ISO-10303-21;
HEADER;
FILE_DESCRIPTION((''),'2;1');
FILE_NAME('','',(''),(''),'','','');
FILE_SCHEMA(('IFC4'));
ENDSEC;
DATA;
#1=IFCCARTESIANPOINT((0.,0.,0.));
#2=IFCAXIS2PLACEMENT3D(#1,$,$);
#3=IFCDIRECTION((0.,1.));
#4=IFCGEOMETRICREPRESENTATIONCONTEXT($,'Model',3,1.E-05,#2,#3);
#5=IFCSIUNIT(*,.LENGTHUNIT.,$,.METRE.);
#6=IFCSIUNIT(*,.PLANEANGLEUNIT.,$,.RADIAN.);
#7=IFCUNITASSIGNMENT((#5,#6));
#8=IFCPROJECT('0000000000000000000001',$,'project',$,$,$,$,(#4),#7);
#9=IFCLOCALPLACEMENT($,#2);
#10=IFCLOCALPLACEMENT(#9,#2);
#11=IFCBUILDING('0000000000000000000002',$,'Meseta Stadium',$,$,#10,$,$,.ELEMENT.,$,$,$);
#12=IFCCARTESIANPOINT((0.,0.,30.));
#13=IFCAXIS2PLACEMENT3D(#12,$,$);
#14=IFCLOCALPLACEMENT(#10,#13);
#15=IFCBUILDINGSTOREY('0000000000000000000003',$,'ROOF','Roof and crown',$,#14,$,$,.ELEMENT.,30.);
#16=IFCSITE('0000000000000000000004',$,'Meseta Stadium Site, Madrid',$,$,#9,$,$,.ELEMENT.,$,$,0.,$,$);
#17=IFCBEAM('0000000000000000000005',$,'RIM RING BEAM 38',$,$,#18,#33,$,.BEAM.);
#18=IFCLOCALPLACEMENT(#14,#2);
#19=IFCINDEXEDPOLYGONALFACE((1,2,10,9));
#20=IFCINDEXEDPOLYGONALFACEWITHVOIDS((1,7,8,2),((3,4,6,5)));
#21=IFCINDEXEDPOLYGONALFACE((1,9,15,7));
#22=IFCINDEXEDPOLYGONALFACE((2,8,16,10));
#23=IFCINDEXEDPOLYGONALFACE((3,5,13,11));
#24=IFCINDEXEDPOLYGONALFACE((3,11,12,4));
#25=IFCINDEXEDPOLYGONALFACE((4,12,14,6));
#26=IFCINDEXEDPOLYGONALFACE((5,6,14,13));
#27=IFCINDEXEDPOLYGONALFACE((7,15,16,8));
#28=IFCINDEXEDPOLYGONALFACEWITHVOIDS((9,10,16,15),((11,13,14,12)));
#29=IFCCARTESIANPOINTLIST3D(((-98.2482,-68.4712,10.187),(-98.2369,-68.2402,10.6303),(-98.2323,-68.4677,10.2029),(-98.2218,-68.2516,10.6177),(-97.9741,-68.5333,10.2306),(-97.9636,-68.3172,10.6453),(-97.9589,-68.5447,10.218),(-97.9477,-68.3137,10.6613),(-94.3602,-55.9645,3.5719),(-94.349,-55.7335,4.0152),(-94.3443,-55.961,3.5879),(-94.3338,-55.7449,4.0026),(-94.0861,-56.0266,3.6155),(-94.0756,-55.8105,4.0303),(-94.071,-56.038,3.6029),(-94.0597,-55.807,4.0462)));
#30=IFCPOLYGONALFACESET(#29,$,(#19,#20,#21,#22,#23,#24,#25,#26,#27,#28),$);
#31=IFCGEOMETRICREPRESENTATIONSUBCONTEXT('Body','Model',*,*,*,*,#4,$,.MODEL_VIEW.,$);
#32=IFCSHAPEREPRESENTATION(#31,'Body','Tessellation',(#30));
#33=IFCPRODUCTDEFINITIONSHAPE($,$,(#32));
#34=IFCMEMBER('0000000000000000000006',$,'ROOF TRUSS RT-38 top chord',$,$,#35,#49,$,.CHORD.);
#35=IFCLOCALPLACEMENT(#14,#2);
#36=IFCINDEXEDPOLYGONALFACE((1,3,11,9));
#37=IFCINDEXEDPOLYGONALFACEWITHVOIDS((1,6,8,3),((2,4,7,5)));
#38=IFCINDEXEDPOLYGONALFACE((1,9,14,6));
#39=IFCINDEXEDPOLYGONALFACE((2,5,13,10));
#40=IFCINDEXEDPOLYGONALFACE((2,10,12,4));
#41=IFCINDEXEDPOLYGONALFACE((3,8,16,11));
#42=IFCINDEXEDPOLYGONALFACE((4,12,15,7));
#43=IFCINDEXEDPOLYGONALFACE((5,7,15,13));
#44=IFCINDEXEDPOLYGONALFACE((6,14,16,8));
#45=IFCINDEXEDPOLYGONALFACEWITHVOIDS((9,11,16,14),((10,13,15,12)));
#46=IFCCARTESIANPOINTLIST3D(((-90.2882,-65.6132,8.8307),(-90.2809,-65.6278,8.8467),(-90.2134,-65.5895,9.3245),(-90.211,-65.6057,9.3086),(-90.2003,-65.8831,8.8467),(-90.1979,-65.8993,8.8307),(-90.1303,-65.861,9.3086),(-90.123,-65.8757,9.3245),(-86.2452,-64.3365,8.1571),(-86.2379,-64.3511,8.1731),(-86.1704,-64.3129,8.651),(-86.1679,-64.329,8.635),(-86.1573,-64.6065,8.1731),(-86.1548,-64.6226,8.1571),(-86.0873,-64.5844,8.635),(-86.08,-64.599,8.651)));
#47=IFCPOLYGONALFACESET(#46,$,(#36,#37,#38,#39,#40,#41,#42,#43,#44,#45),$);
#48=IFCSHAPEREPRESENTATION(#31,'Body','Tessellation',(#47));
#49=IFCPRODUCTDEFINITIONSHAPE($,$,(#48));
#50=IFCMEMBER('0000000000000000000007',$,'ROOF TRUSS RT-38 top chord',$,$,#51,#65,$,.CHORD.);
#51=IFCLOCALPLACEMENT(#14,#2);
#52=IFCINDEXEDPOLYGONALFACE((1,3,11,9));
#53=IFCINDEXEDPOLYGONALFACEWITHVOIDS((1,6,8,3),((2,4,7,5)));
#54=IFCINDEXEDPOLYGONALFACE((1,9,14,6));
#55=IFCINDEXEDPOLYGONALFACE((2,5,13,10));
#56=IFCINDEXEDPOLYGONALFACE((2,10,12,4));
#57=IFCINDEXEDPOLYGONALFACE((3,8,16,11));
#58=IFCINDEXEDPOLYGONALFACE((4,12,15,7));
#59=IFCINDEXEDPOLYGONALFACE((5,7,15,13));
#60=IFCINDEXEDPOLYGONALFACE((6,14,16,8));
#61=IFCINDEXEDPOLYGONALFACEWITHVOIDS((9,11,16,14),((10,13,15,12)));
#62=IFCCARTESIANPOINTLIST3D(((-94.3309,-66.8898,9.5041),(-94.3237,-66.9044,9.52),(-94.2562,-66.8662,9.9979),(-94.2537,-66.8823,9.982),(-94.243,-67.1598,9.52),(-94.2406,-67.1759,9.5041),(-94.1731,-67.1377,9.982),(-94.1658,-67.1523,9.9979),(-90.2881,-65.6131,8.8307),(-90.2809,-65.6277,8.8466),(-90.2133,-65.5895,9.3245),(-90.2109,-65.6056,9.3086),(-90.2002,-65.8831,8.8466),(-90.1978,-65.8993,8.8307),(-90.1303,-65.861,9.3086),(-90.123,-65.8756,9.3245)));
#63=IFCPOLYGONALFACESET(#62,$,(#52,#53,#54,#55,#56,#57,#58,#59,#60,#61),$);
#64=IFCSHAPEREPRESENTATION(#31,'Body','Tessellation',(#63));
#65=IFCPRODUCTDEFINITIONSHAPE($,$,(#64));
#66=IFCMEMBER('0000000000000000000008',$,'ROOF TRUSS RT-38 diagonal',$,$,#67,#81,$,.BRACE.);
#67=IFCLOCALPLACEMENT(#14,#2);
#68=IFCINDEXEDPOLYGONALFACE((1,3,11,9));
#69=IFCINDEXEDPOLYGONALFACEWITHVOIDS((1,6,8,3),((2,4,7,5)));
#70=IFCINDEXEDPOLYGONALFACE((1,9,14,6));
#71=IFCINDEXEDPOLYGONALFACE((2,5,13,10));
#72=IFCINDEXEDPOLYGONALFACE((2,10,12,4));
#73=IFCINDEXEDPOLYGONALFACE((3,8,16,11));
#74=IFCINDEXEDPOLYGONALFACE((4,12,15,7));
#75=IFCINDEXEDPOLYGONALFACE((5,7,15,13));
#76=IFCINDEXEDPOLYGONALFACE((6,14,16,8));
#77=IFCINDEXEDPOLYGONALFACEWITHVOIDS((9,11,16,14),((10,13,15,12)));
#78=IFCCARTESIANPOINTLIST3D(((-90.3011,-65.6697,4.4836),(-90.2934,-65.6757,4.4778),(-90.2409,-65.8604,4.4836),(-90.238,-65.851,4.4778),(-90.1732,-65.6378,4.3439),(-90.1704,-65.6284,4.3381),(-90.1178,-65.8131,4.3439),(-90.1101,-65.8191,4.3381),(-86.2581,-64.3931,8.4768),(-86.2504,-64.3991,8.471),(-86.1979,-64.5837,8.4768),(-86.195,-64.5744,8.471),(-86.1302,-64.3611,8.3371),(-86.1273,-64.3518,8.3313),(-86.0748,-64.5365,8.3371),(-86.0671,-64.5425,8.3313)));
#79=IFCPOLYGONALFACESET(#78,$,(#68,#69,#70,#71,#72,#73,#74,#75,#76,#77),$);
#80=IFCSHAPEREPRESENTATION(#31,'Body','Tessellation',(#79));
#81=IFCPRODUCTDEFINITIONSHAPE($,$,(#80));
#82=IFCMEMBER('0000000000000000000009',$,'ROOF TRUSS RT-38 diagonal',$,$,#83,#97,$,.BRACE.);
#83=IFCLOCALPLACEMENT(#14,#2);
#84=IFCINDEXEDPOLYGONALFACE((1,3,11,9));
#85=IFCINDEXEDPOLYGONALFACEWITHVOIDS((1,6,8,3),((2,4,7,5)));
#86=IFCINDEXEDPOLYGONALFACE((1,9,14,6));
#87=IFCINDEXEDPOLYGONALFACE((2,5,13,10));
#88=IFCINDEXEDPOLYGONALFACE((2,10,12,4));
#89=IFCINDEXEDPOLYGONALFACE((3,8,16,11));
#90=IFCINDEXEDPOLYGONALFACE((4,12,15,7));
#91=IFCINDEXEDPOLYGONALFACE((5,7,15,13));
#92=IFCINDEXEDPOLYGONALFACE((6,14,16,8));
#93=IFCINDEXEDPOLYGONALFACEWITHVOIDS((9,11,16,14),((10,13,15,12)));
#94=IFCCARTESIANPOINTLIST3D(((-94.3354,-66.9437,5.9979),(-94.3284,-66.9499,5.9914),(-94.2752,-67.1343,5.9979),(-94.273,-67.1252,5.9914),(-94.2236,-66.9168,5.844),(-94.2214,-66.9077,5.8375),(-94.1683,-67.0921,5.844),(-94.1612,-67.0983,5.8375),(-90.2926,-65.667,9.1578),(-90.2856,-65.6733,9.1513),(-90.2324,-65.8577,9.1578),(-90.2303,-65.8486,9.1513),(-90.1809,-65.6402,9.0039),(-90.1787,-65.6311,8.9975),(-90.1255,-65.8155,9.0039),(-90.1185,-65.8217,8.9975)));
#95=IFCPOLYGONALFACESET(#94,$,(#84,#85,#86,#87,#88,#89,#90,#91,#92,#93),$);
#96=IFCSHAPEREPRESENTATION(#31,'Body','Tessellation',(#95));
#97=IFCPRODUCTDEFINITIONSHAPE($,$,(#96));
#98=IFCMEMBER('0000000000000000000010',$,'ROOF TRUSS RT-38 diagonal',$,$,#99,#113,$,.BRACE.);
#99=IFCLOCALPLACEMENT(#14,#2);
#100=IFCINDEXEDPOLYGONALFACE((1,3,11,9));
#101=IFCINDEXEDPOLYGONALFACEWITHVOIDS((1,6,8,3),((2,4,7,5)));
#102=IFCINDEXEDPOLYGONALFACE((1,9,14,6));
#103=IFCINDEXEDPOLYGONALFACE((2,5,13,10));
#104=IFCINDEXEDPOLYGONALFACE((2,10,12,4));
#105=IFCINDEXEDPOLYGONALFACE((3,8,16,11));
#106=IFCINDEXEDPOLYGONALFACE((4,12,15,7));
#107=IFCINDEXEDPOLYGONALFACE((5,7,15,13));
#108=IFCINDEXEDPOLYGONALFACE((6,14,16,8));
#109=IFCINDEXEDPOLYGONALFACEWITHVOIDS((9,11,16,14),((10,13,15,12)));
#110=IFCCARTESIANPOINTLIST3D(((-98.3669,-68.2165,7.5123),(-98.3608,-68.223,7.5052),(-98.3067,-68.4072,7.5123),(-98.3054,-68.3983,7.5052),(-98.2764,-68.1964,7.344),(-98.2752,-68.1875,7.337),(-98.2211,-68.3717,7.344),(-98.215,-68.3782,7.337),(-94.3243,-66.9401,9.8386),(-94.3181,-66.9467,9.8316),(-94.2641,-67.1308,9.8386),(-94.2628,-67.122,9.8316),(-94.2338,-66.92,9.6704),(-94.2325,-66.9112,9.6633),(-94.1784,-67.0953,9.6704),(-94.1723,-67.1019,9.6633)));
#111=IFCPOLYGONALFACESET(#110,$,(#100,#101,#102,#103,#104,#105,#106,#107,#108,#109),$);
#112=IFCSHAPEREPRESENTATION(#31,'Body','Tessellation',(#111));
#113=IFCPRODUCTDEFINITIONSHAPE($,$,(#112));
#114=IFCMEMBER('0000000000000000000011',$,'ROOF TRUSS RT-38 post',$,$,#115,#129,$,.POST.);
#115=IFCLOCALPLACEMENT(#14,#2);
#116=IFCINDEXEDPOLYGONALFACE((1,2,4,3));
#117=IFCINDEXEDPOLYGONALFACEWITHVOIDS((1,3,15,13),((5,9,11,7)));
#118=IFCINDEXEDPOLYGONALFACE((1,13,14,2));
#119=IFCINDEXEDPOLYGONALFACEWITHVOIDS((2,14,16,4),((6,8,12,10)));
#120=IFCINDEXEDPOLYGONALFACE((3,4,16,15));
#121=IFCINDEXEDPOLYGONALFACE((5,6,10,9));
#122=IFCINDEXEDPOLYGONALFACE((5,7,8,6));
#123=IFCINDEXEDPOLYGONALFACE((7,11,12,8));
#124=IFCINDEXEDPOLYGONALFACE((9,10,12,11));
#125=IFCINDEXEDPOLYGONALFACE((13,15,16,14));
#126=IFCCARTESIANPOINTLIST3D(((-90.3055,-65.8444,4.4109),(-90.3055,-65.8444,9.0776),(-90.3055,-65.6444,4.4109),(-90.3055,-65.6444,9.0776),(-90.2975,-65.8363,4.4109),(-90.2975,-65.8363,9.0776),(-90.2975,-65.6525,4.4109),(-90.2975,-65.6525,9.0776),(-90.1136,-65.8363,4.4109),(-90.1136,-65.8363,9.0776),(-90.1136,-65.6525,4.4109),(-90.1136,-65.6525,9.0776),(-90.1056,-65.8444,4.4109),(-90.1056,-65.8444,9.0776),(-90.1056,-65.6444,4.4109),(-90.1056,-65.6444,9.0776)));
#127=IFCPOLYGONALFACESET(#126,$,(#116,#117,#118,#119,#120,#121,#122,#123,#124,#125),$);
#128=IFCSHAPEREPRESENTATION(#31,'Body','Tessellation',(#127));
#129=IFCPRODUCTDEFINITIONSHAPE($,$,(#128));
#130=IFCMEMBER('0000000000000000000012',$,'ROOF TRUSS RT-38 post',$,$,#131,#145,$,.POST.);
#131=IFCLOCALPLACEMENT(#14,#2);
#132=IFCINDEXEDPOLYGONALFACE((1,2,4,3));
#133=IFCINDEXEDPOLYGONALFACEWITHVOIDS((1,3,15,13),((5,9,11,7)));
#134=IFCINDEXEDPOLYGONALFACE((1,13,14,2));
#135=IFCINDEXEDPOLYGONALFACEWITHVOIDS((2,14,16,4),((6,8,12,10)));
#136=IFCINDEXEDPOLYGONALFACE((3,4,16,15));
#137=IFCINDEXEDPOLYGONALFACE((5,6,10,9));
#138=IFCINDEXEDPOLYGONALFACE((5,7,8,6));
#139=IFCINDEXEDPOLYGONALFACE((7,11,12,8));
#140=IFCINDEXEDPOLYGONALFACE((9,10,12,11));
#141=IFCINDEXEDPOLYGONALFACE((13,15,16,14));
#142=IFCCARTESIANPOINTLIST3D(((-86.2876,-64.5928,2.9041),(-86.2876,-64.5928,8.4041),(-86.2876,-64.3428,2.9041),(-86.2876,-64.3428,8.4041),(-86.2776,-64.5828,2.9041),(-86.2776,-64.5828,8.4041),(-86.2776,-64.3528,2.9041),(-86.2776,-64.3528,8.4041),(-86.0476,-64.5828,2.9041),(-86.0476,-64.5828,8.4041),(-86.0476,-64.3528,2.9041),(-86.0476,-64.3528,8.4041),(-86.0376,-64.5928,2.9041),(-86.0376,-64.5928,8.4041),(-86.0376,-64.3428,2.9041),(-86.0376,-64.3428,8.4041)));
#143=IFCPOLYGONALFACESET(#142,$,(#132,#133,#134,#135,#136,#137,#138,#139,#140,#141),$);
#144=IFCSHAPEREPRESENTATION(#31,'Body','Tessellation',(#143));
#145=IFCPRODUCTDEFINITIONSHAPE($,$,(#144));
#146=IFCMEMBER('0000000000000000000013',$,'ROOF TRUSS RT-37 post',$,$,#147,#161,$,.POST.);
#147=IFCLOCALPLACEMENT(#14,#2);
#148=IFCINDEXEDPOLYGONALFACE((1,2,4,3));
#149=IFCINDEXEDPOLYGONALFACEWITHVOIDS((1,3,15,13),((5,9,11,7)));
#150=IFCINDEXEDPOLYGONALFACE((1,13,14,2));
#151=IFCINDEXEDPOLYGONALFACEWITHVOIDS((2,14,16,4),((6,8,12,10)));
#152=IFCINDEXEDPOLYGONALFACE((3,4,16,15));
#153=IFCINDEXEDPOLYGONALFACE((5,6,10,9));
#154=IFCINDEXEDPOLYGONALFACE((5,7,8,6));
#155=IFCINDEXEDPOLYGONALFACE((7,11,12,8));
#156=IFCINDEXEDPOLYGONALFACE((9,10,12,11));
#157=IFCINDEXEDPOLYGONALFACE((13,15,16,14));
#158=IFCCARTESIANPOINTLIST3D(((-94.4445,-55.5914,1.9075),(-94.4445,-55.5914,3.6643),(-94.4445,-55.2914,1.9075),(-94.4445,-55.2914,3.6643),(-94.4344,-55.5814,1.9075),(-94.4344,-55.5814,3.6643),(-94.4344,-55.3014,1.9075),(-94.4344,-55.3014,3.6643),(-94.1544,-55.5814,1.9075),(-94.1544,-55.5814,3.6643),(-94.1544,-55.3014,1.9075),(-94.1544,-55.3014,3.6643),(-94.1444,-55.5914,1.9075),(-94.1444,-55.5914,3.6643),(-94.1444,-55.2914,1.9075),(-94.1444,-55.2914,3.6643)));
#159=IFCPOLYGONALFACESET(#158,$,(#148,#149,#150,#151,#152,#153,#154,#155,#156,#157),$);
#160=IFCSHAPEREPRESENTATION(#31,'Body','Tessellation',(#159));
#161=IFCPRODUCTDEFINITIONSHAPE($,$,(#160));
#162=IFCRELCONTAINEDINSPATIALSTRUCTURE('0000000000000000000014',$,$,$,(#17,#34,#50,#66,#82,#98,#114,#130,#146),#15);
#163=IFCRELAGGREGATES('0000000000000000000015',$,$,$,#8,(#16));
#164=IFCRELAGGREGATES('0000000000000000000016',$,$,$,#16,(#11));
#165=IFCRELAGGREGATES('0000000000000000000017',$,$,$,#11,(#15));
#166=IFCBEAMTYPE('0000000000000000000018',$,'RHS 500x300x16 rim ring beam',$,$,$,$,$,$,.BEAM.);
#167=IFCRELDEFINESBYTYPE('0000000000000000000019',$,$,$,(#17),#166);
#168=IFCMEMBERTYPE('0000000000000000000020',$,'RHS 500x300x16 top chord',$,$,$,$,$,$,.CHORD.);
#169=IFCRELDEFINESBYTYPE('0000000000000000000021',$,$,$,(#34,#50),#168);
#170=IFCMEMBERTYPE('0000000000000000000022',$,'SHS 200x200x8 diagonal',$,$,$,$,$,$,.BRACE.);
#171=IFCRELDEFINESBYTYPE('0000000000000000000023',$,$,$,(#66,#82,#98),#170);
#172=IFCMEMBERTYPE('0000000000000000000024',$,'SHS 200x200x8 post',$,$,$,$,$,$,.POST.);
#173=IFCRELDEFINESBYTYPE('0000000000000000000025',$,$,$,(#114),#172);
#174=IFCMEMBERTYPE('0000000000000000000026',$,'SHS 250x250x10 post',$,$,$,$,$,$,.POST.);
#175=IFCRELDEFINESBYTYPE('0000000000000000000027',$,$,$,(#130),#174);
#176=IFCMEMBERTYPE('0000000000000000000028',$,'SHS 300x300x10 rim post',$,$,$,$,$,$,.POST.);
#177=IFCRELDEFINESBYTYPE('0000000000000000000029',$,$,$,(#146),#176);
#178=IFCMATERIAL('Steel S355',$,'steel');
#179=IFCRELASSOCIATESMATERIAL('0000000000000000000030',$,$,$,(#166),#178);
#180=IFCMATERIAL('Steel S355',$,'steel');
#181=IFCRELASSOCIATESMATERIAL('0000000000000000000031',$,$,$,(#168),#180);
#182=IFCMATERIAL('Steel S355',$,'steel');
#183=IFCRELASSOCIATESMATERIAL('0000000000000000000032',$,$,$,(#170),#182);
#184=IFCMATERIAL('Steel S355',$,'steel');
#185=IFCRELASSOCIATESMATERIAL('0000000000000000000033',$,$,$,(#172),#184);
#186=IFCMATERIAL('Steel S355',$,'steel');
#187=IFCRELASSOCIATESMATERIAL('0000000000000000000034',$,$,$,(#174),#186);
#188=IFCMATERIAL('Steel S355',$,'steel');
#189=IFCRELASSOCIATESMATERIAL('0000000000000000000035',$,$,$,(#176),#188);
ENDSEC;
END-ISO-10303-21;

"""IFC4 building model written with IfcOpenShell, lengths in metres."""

from ifc_helpers import new_model, si_unit, direction, frame, origin, origin_2d, place, context, subcontext, project, spatial, hollow_rectangle, extrude, material, material_profile, profile_set, type_object, element, save


model = new_model("IFC4")

# Units and contexts
model_context = context("Model", 3, precision=1e-05, world=origin(), true_north=direction((0.0, 1.0)))
body_context = subcontext(model_context, "Body", "Model", "MODEL_VIEW")
ifc_project = project(units=[si_unit("LENGTHUNIT", "METRE"), si_unit("PLANEANGLEUNIT", "RADIAN")], contexts=[model_context])

# Site, building, storey
site_placement = place(None, origin())
site = spatial("IfcSite", under=ifc_project, at=site_placement, Name="Meseta Stadium Site, Madrid", CompositionType="ELEMENT", RefElevation=0.0)
building_placement = place(site_placement, origin())
building = spatial("IfcBuilding", under=site, at=building_placement, Name="Meseta Stadium", CompositionType="ELEMENT")
storey_placement = place(building_placement, frame((0.0, 0.0, 30.0)))
storey = spatial("IfcBuildingStorey", under=building, at=storey_placement, Name="ROOF", Description="Roof and crown", CompositionType="ELEMENT", Elevation=30.0)

# Beam
ifc_material_1 = material(Name="Steel S355", Category="steel")
ifc_material_profile_1 = material_profile(ifc_material_1, hollow_rectangle(XDim=0.3, YDim=0.5, WallThickness=0.0161, at=origin_2d()), Name="RHS 500x300x16")
ifc_profile_set_1 = profile_set([ifc_material_profile_1], Name="Steel S355")
beam_type = type_object("IfcBeamType", Name="RHS 500x300x16 rim ring beam", PredefinedType="BEAM", material=ifc_profile_set_1)
beam_placement = place(storey_placement, frame((-94.21, -55.8857, 3.8091), z_axis=(-0.264977, -0.85237, 0.450836), x_axis=(0.963992, -0.245072, 0.103239)))
element("IfcBeam", 1, at=beam_placement, inside=storey, type_object=beam_type, Name="RIM RING BEAM 38", PredefinedType="BEAM", context=body_context, shape_type="SweptSolid", body=[
    extrude(hollow_rectangle(XDim=0.3, YDim=0.5, WallThickness=0.0161, at=origin_2d()), origin(), (0.0, 0.0, 1.0), 14.6729),
])

# Members
ifc_material_2 = material(Name="Steel S355", Category="steel")
ifc_material_profile_2 = material_profile(ifc_material_2, hollow_rectangle(XDim=0.3, YDim=0.5, WallThickness=0.0161, at=origin_2d()), Name="RHS 500x300x16")
ifc_profile_set_2 = profile_set([ifc_material_profile_2], Name="Steel S355")
member_type_1 = type_object("IfcMemberType", Name="RHS 500x300x16 top chord", PredefinedType="CHORD", material=ifc_profile_set_2)
member_1_placement = place(storey_placement, frame((-86.1626, -64.4678, 8.4041), z_axis=(-0.941779, -0.297377, 0.156906), x_axis=(0.301107, -0.95359, 0.0)))
element("IfcMember", 2, at=member_1_placement, inside=storey, type_object=member_type_1, Name="ROOF TRUSS RT-38 top chord", PredefinedType="CHORD", context=body_context, shape_type="SweptSolid", body=[
    extrude(hollow_rectangle(XDim=0.3, YDim=0.5, WallThickness=0.0161, at=origin_2d()), origin(), (0.0, 0.0, 1.0), 4.293),
])
member_2_placement = place(storey_placement, frame((-90.2056, -65.7444, 9.0776), z_axis=(-0.941781, -0.297395, 0.156859), x_axis=(0.301123, -0.953585, 0.0)))
element("IfcMember", 3, at=member_2_placement, inside=storey, type_object=member_type_1, Name="ROOF TRUSS RT-38 top chord", PredefinedType="CHORD", context=body_context, shape_type="SweptSolid", body=[
    extrude(hollow_rectangle(XDim=0.3, YDim=0.5, WallThickness=0.0161, at=origin_2d()), origin(), (0.0, 0.0, 1.0), 4.2927),
])
ifc_material_3 = material(Name="Steel S355", Category="steel")
ifc_material_profile_3 = material_profile(ifc_material_3, hollow_rectangle(XDim=0.2, YDim=0.2, WallThickness=0.0081, at=origin_2d()), Name="SHS 200x200x8")
ifc_profile_set_3 = profile_set([ifc_material_profile_3], Name="Steel S355")
member_type_2 = type_object("IfcMemberType", Name="SHS 200x200x8 diagonal", PredefinedType="BRACE", material=ifc_profile_set_3)
member_3_placement = place(storey_placement, frame((-86.1626, -64.4678, 8.4041), z_axis=(-0.694174, -0.219193, -0.685622), x_axis=(0.301107, -0.95359, 0.0)))
element("IfcMember", 4, at=member_3_placement, inside=storey, type_object=member_type_2, Name="ROOF TRUSS RT-38 diagonal", PredefinedType="BRACE", context=body_context, shape_type="SweptSolid", body=[
    extrude(hollow_rectangle(XDim=0.2, YDim=0.2, WallThickness=0.0081, at=origin_2d()), origin(), (0.0, 0.0, 1.0), 5.8242),
])
member_4_placement = place(storey_placement, frame((-90.2056, -65.7444, 9.0776), z_axis=(-0.764571, -0.241436, -0.597611), x_axis=(0.301123, -0.953585, 0.0)))
element("IfcMember", 5, at=member_4_placement, inside=storey, type_object=member_type_2, Name="ROOF TRUSS RT-38 diagonal", PredefinedType="BRACE", context=body_context, shape_type="SweptSolid", body=[
    extrude(hollow_rectangle(XDim=0.2, YDim=0.2, WallThickness=0.0081, at=origin_2d()), origin(), (0.0, 0.0, 1.0), 5.2876),
])
member_5_placement = place(storey_placement, frame((-94.2483, -67.021, 9.751), z_axis=(-0.835999, -0.263941, -0.481082), x_axis=(0.301071, -0.953602, 0.0)))
element("IfcMember", 6, at=member_5_placement, inside=storey, type_object=member_type_2, Name="ROOF TRUSS RT-38 diagonal", PredefinedType="BRACE", context=body_context, shape_type="SweptSolid", body=[
    extrude(hollow_rectangle(XDim=0.2, YDim=0.2, WallThickness=0.0081, at=origin_2d()), origin(), (0.0, 0.0, 1.0), 4.8357),
])
ifc_material_4 = material(Name="Steel S355", Category="steel")
ifc_material_profile_4 = material_profile(ifc_material_4, hollow_rectangle(XDim=0.2, YDim=0.2, WallThickness=0.0081, at=origin_2d()), Name="SHS 200x200x8")
ifc_profile_set_4 = profile_set([ifc_material_profile_4], Name="Steel S355")
member_type_3 = type_object("IfcMemberType", Name="SHS 200x200x8 post", PredefinedType="POST", material=ifc_profile_set_4)
member_6_placement = place(storey_placement, frame((-90.2056, -65.7444, 4.4109), z_axis=(0.0, 0.0, 1.0), x_axis=(1.0, 0.0, 0.0)))
element("IfcMember", 7, at=member_6_placement, inside=storey, type_object=member_type_3, Name="ROOF TRUSS RT-38 post", PredefinedType="POST", context=body_context, shape_type="SweptSolid", body=[
    extrude(hollow_rectangle(XDim=0.2, YDim=0.2, WallThickness=0.0081, at=origin_2d()), origin(), (0.0, 0.0, 1.0), 4.6667),
])
ifc_material_5 = material(Name="Steel S355", Category="steel")
ifc_material_profile_5 = material_profile(ifc_material_5, hollow_rectangle(XDim=0.25, YDim=0.25, WallThickness=0.01, at=origin_2d()), Name="SHS 250x250x10")
ifc_profile_set_5 = profile_set([ifc_material_profile_5], Name="Steel S355")
member_type_4 = type_object("IfcMemberType", Name="SHS 250x250x10 post", PredefinedType="POST", material=ifc_profile_set_5)
member_7_placement = place(storey_placement, frame((-86.1626, -64.4678, 2.9041), z_axis=(0.0, 0.0, 1.0), x_axis=(1.0, 0.0, 0.0)))
element("IfcMember", 8, at=member_7_placement, inside=storey, type_object=member_type_4, Name="ROOF TRUSS RT-38 post", PredefinedType="POST", context=body_context, shape_type="SweptSolid", body=[
    extrude(hollow_rectangle(XDim=0.25, YDim=0.25, WallThickness=0.01, at=origin_2d()), origin(), (0.0, 0.0, 1.0), 5.5),
])
ifc_material_6 = material(Name="Steel S355", Category="steel")
ifc_material_profile_6 = material_profile(ifc_material_6, hollow_rectangle(XDim=0.3, YDim=0.3, WallThickness=0.01, at=origin_2d()), Name="SHS 300x300x10")
ifc_profile_set_6 = profile_set([ifc_material_profile_6], Name="Steel S355")
member_type_5 = type_object("IfcMemberType", Name="SHS 300x300x10 rim post", PredefinedType="POST", material=ifc_profile_set_6)
member_8_placement = place(storey_placement, frame((-94.2944, -55.4414, 1.9075), z_axis=(0.0, 0.0, 1.0), x_axis=(1.0, 0.0, 0.0)))
element("IfcMember", 9, at=member_8_placement, inside=storey, type_object=member_type_5, Name="ROOF TRUSS RT-37 post", PredefinedType="POST", context=body_context, shape_type="SweptSolid", body=[
    extrude(hollow_rectangle(XDim=0.3, YDim=0.3, WallThickness=0.01, at=origin_2d()), origin(), (0.0, 0.0, 1.0), 1.7568),
])

save(model, "model.ifc")
